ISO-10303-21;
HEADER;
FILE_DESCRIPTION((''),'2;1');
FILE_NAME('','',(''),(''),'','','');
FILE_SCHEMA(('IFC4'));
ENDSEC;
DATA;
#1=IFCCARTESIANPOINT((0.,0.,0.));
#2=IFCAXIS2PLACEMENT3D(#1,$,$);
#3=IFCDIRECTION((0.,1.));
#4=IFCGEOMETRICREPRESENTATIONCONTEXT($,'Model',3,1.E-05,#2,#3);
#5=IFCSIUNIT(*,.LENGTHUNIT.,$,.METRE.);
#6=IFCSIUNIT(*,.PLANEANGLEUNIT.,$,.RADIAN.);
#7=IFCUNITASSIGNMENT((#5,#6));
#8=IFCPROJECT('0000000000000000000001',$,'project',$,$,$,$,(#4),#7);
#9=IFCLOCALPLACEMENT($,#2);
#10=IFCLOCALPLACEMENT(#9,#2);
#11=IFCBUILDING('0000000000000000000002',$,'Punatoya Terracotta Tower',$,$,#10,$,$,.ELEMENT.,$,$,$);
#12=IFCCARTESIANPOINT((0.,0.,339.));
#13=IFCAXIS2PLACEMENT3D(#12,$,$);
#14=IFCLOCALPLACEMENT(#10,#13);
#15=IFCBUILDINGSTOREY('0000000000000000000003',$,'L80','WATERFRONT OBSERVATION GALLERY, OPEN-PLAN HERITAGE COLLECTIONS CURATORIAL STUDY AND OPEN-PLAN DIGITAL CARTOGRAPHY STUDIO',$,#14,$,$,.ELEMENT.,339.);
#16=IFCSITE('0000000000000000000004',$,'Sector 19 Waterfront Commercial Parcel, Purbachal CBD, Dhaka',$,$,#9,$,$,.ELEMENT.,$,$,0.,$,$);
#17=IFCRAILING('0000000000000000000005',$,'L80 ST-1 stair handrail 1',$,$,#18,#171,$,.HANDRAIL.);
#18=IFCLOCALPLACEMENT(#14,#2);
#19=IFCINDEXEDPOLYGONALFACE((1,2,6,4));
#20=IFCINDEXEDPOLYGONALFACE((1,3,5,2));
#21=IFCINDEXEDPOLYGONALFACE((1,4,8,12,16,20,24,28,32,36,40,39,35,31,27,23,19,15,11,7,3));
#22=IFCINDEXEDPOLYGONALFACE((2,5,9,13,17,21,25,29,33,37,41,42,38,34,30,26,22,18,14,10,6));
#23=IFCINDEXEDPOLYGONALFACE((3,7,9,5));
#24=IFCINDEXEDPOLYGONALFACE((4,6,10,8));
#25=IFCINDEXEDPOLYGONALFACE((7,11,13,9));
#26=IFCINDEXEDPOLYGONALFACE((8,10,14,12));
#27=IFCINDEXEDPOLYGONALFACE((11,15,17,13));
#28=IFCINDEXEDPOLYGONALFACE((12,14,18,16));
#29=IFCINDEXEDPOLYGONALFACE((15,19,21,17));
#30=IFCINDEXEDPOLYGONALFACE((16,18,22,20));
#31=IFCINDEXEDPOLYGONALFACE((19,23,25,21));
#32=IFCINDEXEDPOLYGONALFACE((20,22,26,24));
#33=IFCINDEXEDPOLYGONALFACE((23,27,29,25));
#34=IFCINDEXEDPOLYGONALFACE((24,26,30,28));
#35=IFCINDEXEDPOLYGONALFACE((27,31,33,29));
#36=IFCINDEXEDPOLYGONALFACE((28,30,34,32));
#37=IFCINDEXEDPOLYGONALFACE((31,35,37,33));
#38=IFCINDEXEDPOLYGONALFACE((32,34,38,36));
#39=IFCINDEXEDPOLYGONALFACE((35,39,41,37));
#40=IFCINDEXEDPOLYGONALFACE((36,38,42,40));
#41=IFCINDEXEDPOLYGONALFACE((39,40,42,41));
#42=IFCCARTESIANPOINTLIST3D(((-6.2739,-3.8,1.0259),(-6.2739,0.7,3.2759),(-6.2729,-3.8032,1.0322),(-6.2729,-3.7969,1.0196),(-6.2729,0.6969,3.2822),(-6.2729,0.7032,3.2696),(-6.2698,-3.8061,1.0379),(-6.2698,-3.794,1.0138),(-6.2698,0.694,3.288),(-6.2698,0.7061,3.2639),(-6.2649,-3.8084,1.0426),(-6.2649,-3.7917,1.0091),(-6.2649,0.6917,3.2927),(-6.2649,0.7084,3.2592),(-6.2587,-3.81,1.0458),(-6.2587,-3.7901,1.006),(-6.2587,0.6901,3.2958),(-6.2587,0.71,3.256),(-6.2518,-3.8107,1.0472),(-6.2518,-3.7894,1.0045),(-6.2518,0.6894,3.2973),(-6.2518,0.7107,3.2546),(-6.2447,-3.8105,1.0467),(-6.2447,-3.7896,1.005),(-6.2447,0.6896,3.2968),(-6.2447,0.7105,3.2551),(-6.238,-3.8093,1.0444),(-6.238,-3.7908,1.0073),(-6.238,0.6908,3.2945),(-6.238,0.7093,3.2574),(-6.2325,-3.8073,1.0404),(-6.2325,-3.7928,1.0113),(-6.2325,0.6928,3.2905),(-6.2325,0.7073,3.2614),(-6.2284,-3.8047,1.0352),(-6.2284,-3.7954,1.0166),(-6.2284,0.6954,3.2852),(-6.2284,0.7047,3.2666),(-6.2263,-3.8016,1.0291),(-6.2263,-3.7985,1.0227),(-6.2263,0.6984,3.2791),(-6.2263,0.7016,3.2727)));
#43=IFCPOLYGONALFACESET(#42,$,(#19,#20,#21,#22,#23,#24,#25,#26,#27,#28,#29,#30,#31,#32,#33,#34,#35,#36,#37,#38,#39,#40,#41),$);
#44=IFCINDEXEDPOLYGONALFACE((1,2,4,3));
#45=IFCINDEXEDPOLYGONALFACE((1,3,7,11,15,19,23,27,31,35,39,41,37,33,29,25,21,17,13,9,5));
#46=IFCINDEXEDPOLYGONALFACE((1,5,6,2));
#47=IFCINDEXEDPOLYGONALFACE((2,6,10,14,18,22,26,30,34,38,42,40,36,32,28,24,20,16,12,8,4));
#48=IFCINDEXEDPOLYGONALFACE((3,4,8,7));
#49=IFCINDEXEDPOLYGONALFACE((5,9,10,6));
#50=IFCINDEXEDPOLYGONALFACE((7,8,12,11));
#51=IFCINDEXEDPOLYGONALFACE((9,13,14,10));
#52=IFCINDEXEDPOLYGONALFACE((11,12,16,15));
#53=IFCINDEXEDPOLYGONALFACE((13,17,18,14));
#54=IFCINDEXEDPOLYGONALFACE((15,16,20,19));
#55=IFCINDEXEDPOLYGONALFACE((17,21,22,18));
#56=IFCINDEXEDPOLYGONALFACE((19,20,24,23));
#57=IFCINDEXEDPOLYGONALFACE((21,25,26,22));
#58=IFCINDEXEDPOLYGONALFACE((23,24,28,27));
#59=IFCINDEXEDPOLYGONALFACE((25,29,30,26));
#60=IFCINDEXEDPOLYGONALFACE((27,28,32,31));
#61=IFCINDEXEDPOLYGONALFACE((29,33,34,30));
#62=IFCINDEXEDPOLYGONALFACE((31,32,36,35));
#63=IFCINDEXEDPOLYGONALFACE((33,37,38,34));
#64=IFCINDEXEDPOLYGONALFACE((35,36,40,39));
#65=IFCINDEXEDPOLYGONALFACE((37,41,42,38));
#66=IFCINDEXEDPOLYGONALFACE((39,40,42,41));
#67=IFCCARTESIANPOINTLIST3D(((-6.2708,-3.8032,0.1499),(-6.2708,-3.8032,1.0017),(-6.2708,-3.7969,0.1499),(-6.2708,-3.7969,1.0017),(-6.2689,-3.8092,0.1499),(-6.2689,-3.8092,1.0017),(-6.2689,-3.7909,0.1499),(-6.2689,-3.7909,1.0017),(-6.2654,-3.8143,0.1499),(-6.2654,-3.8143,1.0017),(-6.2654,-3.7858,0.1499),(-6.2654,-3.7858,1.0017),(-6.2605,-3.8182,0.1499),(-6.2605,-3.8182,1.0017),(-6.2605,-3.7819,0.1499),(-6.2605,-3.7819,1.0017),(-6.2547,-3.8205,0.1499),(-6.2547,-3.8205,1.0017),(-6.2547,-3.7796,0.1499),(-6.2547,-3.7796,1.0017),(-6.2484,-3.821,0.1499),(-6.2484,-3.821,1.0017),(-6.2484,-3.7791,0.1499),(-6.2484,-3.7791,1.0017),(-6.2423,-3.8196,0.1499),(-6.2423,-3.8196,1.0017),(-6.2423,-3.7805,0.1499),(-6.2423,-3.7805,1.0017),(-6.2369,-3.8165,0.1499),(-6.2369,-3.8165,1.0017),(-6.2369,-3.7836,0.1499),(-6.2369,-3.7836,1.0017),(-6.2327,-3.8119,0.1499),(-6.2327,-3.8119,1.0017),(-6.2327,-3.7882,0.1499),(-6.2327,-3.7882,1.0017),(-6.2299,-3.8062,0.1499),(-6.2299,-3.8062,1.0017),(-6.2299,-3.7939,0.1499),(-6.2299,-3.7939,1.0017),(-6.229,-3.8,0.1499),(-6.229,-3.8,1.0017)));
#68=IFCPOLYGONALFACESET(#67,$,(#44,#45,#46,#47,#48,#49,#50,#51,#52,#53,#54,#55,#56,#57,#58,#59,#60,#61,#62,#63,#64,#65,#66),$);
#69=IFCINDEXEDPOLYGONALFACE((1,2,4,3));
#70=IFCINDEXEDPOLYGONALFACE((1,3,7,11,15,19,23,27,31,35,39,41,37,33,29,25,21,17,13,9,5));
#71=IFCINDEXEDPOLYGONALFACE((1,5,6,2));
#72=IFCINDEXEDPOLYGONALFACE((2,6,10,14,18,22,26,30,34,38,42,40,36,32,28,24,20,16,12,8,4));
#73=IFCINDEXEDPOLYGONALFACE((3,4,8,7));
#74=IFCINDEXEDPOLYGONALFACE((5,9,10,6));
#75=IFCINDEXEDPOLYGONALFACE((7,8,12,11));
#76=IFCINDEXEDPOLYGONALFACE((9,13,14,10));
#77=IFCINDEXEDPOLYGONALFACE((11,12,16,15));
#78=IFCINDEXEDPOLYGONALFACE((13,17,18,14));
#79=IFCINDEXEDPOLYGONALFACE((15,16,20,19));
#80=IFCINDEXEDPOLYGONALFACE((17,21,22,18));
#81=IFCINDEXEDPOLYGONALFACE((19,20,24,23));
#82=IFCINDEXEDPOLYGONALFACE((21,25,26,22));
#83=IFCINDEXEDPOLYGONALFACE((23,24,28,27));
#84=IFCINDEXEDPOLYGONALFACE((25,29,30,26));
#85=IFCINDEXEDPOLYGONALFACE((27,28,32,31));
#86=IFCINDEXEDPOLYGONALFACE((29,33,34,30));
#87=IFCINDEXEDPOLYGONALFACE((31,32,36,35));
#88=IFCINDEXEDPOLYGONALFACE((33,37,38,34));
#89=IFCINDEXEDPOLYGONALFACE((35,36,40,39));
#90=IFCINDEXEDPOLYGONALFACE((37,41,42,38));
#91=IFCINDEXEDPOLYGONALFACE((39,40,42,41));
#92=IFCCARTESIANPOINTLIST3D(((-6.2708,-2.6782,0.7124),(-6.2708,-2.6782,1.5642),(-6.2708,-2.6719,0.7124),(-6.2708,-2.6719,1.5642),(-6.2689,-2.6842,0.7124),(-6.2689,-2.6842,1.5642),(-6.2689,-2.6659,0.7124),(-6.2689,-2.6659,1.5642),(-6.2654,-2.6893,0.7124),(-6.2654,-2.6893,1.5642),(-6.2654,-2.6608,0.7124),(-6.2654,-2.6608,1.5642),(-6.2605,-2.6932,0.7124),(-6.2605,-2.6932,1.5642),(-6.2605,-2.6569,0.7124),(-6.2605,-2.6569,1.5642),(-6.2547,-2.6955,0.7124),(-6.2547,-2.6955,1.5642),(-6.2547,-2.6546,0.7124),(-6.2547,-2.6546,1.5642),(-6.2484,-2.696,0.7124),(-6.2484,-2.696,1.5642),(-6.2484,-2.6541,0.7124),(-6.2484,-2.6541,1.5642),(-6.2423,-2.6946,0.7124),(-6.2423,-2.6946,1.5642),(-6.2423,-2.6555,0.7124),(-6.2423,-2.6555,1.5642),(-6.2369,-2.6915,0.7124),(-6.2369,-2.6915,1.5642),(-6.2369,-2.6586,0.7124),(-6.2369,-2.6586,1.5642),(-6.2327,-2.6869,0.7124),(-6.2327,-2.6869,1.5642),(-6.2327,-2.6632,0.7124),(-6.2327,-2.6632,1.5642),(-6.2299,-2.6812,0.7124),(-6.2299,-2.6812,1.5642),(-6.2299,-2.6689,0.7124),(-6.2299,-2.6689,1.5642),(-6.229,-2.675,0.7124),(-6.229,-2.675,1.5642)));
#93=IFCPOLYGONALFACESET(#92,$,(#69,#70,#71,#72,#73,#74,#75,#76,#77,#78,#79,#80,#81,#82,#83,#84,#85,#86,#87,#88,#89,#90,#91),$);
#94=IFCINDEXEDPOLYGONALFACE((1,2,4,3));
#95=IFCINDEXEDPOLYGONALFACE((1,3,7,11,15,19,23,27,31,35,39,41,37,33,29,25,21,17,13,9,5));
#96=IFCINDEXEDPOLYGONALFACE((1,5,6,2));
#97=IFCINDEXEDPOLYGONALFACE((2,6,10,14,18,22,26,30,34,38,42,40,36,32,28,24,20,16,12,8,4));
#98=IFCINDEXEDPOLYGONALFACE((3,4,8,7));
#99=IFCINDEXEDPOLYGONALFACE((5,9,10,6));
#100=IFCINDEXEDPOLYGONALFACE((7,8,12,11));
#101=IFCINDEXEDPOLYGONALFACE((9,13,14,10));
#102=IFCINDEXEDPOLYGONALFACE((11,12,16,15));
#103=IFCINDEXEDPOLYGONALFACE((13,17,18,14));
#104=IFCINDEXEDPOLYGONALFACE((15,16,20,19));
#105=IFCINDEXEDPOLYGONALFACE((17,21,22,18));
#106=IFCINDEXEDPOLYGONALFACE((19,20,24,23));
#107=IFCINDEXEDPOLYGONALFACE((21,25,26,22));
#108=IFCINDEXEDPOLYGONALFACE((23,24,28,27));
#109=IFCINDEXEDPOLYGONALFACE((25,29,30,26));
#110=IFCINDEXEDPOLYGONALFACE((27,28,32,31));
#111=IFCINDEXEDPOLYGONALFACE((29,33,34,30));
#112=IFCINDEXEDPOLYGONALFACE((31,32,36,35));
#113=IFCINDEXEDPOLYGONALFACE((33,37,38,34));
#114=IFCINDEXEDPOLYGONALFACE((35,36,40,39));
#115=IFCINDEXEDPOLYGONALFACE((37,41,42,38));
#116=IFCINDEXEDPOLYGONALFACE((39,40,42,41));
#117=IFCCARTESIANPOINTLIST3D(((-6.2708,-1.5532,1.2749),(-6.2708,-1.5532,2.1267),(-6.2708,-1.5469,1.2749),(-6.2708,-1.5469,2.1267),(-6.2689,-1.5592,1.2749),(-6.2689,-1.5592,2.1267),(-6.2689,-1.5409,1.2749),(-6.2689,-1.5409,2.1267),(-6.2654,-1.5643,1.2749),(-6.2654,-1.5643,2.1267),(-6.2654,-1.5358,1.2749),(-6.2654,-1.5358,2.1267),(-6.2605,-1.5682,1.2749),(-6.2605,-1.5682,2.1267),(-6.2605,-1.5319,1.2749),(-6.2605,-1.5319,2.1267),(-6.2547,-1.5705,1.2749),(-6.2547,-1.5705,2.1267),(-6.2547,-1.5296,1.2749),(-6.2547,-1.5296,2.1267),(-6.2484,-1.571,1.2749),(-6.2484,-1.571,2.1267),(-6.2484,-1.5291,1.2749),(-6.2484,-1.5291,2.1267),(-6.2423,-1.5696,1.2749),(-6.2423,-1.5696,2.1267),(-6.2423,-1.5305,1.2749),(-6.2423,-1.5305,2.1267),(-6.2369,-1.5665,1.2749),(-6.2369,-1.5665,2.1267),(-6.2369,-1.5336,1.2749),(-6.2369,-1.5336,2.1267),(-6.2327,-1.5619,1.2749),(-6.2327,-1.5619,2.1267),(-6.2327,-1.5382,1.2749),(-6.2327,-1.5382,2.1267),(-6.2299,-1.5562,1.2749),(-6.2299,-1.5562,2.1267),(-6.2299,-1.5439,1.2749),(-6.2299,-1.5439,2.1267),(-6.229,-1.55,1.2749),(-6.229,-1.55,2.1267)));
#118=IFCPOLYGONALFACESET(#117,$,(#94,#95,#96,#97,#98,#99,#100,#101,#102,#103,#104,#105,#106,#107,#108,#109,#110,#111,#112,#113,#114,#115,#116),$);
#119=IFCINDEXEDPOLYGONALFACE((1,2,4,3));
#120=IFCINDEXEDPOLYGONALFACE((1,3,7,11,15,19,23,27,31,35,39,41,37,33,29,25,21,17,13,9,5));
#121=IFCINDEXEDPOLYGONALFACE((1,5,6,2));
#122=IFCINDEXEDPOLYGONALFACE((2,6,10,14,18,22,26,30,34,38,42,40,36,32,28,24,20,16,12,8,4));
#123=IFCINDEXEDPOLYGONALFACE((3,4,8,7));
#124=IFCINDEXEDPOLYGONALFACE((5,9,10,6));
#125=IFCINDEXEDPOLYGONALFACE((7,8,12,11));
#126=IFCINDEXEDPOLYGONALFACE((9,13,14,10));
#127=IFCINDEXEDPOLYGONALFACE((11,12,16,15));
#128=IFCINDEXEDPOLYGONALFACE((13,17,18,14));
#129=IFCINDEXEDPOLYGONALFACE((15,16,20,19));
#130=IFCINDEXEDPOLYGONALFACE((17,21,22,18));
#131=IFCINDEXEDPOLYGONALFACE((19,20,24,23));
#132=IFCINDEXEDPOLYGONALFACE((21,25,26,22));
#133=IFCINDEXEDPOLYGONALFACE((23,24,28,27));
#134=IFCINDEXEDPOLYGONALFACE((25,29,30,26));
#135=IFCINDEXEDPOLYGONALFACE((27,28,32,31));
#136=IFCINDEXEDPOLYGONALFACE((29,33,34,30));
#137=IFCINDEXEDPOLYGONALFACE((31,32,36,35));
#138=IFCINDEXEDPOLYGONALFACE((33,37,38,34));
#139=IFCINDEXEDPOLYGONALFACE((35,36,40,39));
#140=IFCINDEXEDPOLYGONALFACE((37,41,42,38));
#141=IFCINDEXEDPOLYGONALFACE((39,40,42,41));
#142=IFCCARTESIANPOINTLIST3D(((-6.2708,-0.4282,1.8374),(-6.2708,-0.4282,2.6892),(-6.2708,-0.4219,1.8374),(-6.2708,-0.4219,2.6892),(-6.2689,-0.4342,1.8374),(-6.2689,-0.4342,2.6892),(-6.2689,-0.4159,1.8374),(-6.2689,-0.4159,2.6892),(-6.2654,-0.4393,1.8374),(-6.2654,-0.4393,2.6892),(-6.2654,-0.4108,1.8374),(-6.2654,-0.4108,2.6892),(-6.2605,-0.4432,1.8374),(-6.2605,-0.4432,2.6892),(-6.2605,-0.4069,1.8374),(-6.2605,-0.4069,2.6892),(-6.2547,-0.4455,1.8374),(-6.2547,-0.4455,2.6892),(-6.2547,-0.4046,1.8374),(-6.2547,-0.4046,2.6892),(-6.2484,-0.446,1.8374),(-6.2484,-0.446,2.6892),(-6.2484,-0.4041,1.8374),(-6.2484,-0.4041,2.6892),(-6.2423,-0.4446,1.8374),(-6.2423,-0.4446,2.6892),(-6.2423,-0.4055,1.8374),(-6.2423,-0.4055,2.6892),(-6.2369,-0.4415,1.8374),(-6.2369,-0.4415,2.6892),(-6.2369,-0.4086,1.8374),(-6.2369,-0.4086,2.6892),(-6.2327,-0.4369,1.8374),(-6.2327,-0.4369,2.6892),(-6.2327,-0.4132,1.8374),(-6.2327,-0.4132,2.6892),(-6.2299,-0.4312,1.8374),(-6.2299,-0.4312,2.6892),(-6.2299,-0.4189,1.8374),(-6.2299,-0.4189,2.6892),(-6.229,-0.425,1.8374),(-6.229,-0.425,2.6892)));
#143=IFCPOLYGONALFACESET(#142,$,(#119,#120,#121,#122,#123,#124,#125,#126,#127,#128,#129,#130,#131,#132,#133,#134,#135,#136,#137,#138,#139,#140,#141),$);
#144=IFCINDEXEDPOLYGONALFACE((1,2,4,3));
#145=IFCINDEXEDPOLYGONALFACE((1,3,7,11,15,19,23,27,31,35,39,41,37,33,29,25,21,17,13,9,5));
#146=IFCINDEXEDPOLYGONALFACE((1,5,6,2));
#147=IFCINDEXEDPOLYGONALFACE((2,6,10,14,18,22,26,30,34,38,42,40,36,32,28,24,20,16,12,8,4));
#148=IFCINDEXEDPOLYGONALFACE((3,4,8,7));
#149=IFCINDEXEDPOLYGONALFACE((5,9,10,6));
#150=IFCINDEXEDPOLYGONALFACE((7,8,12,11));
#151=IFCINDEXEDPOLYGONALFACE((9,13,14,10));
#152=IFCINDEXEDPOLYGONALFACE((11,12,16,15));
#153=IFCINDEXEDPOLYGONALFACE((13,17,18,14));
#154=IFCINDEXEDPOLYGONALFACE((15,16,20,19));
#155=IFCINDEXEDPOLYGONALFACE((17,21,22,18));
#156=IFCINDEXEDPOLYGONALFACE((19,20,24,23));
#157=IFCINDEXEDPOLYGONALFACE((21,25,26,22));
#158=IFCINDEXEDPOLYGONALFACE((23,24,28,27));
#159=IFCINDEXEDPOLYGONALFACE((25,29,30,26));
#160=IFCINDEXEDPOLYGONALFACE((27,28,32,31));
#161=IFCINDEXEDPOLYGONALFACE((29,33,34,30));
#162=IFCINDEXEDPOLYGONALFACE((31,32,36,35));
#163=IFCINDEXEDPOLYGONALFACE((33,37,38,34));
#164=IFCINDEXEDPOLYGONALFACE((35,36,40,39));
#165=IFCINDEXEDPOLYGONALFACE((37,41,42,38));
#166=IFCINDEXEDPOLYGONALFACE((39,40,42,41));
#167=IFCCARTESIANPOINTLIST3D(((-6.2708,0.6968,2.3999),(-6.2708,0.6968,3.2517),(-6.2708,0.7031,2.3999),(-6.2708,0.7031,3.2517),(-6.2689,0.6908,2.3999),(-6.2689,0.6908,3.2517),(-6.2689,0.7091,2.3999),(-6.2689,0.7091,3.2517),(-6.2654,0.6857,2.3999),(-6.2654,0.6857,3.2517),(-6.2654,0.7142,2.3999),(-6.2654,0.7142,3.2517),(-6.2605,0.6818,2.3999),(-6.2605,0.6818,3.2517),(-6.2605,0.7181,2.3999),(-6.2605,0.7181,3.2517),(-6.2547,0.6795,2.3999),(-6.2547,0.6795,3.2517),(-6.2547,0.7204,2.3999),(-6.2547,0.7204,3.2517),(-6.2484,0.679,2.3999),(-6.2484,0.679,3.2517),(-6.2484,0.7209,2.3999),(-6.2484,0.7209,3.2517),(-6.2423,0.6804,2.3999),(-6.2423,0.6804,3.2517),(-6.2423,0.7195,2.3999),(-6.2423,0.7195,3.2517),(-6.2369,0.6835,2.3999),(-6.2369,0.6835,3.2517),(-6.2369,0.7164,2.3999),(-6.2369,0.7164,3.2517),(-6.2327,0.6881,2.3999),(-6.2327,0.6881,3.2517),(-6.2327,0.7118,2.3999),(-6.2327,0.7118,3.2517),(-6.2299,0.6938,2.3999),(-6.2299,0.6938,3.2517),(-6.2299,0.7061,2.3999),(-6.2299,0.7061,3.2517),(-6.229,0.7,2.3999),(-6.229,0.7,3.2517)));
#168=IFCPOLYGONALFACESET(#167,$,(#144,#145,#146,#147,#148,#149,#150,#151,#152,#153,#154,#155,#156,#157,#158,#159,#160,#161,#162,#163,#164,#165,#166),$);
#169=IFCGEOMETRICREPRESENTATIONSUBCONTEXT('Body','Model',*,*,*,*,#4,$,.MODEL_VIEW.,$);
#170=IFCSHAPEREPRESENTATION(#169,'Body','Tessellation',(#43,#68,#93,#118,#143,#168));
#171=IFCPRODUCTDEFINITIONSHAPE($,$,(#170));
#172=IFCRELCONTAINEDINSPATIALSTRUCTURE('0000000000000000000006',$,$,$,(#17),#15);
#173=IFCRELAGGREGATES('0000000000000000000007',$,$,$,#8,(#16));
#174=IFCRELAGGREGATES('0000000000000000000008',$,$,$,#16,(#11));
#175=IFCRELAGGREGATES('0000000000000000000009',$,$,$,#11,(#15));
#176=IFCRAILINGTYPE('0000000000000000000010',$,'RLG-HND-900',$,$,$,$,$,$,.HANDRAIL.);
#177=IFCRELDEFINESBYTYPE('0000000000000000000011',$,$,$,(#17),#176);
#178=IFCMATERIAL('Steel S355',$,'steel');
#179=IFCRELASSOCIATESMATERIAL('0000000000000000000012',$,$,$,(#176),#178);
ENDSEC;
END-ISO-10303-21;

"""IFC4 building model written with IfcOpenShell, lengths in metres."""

from ifc_helpers import new_model, si_unit, direction, frame, origin, origin_2d, place, context, subcontext, project, spatial, circle, extrude, material, type_object, element, save


model = new_model("IFC4")

# Units and contexts
model_context = context("Model", 3, precision=1e-05, world=origin(), true_north=direction((0.0, 1.0)))
body_context = subcontext(model_context, "Body", "Model", "MODEL_VIEW")
ifc_project = project(units=[si_unit("LENGTHUNIT", "METRE"), si_unit("PLANEANGLEUNIT", "RADIAN")], contexts=[model_context])

# Site, building, storey
site_placement = place(None, origin())
site = spatial("IfcSite", under=ifc_project, at=site_placement, Name="Sector 19 Waterfront Commercial Parcel, Purbachal CBD, Dhaka", CompositionType="ELEMENT", RefElevation=0.0)
building_placement = place(site_placement, origin())
building = spatial("IfcBuilding", under=site, at=building_placement, Name="Punatoya Terracotta Tower", CompositionType="ELEMENT")
storey_placement = place(building_placement, frame((0.0, 0.0, 339.0)))
storey = spatial("IfcBuildingStorey", under=building, at=storey_placement, Name="L80", Description="WATERFRONT OBSERVATION GALLERY, OPEN-PLAN HERITAGE COLLECTIONS CURATORIAL STUDY AND OPEN-PLAN DIGITAL CARTOGRAPHY STUDIO", CompositionType="ELEMENT", Elevation=339.0)

# Railing
ifc_material_1 = material(Name="Steel S355", Category="steel")
railing_type = type_object("IfcRailingType", Name="RLG-HND-900", PredefinedType="HANDRAIL", material=ifc_material_1)
railing_placement = place(storey_placement, frame((-6.25, -3.8, 0.1499)))
element("IfcRailing", 1, at=railing_placement, inside=storey, type_object=railing_type, Name="L80 ST-1 stair handrail 1", PredefinedType="HANDRAIL", context=body_context, shape_type="SweptSolid", body=[
    extrude(circle(Radius=0.0239, at=origin_2d()), frame((0.0, 0.0, 0.876), z_axis=(0.0, 0.894427, 0.447214), x_axis=(-1.0, 0.0, 0.0)), (0.0, 0.0, 1.0), 5.0312),
    extrude(circle(Radius=0.021, at=origin_2d()), origin(), (0.0, 0.0, 1.0), 0.8518),
    extrude(circle(Radius=0.021, at=origin_2d()), frame((0.0, 1.125, 0.5625)), (0.0, 0.0, 1.0), 0.8518),
    extrude(circle(Radius=0.021, at=origin_2d()), frame((0.0, 2.25, 1.125)), (0.0, 0.0, 1.0), 0.8518),
    extrude(circle(Radius=0.021, at=origin_2d()), frame((0.0, 3.375, 1.6875)), (0.0, 0.0, 1.0), 0.8518),
    extrude(circle(Radius=0.021, at=origin_2d()), frame((0.0, 4.5, 2.25)), (0.0, 0.0, 1.0), 0.8518),
])

save(model, "model.ifc")
